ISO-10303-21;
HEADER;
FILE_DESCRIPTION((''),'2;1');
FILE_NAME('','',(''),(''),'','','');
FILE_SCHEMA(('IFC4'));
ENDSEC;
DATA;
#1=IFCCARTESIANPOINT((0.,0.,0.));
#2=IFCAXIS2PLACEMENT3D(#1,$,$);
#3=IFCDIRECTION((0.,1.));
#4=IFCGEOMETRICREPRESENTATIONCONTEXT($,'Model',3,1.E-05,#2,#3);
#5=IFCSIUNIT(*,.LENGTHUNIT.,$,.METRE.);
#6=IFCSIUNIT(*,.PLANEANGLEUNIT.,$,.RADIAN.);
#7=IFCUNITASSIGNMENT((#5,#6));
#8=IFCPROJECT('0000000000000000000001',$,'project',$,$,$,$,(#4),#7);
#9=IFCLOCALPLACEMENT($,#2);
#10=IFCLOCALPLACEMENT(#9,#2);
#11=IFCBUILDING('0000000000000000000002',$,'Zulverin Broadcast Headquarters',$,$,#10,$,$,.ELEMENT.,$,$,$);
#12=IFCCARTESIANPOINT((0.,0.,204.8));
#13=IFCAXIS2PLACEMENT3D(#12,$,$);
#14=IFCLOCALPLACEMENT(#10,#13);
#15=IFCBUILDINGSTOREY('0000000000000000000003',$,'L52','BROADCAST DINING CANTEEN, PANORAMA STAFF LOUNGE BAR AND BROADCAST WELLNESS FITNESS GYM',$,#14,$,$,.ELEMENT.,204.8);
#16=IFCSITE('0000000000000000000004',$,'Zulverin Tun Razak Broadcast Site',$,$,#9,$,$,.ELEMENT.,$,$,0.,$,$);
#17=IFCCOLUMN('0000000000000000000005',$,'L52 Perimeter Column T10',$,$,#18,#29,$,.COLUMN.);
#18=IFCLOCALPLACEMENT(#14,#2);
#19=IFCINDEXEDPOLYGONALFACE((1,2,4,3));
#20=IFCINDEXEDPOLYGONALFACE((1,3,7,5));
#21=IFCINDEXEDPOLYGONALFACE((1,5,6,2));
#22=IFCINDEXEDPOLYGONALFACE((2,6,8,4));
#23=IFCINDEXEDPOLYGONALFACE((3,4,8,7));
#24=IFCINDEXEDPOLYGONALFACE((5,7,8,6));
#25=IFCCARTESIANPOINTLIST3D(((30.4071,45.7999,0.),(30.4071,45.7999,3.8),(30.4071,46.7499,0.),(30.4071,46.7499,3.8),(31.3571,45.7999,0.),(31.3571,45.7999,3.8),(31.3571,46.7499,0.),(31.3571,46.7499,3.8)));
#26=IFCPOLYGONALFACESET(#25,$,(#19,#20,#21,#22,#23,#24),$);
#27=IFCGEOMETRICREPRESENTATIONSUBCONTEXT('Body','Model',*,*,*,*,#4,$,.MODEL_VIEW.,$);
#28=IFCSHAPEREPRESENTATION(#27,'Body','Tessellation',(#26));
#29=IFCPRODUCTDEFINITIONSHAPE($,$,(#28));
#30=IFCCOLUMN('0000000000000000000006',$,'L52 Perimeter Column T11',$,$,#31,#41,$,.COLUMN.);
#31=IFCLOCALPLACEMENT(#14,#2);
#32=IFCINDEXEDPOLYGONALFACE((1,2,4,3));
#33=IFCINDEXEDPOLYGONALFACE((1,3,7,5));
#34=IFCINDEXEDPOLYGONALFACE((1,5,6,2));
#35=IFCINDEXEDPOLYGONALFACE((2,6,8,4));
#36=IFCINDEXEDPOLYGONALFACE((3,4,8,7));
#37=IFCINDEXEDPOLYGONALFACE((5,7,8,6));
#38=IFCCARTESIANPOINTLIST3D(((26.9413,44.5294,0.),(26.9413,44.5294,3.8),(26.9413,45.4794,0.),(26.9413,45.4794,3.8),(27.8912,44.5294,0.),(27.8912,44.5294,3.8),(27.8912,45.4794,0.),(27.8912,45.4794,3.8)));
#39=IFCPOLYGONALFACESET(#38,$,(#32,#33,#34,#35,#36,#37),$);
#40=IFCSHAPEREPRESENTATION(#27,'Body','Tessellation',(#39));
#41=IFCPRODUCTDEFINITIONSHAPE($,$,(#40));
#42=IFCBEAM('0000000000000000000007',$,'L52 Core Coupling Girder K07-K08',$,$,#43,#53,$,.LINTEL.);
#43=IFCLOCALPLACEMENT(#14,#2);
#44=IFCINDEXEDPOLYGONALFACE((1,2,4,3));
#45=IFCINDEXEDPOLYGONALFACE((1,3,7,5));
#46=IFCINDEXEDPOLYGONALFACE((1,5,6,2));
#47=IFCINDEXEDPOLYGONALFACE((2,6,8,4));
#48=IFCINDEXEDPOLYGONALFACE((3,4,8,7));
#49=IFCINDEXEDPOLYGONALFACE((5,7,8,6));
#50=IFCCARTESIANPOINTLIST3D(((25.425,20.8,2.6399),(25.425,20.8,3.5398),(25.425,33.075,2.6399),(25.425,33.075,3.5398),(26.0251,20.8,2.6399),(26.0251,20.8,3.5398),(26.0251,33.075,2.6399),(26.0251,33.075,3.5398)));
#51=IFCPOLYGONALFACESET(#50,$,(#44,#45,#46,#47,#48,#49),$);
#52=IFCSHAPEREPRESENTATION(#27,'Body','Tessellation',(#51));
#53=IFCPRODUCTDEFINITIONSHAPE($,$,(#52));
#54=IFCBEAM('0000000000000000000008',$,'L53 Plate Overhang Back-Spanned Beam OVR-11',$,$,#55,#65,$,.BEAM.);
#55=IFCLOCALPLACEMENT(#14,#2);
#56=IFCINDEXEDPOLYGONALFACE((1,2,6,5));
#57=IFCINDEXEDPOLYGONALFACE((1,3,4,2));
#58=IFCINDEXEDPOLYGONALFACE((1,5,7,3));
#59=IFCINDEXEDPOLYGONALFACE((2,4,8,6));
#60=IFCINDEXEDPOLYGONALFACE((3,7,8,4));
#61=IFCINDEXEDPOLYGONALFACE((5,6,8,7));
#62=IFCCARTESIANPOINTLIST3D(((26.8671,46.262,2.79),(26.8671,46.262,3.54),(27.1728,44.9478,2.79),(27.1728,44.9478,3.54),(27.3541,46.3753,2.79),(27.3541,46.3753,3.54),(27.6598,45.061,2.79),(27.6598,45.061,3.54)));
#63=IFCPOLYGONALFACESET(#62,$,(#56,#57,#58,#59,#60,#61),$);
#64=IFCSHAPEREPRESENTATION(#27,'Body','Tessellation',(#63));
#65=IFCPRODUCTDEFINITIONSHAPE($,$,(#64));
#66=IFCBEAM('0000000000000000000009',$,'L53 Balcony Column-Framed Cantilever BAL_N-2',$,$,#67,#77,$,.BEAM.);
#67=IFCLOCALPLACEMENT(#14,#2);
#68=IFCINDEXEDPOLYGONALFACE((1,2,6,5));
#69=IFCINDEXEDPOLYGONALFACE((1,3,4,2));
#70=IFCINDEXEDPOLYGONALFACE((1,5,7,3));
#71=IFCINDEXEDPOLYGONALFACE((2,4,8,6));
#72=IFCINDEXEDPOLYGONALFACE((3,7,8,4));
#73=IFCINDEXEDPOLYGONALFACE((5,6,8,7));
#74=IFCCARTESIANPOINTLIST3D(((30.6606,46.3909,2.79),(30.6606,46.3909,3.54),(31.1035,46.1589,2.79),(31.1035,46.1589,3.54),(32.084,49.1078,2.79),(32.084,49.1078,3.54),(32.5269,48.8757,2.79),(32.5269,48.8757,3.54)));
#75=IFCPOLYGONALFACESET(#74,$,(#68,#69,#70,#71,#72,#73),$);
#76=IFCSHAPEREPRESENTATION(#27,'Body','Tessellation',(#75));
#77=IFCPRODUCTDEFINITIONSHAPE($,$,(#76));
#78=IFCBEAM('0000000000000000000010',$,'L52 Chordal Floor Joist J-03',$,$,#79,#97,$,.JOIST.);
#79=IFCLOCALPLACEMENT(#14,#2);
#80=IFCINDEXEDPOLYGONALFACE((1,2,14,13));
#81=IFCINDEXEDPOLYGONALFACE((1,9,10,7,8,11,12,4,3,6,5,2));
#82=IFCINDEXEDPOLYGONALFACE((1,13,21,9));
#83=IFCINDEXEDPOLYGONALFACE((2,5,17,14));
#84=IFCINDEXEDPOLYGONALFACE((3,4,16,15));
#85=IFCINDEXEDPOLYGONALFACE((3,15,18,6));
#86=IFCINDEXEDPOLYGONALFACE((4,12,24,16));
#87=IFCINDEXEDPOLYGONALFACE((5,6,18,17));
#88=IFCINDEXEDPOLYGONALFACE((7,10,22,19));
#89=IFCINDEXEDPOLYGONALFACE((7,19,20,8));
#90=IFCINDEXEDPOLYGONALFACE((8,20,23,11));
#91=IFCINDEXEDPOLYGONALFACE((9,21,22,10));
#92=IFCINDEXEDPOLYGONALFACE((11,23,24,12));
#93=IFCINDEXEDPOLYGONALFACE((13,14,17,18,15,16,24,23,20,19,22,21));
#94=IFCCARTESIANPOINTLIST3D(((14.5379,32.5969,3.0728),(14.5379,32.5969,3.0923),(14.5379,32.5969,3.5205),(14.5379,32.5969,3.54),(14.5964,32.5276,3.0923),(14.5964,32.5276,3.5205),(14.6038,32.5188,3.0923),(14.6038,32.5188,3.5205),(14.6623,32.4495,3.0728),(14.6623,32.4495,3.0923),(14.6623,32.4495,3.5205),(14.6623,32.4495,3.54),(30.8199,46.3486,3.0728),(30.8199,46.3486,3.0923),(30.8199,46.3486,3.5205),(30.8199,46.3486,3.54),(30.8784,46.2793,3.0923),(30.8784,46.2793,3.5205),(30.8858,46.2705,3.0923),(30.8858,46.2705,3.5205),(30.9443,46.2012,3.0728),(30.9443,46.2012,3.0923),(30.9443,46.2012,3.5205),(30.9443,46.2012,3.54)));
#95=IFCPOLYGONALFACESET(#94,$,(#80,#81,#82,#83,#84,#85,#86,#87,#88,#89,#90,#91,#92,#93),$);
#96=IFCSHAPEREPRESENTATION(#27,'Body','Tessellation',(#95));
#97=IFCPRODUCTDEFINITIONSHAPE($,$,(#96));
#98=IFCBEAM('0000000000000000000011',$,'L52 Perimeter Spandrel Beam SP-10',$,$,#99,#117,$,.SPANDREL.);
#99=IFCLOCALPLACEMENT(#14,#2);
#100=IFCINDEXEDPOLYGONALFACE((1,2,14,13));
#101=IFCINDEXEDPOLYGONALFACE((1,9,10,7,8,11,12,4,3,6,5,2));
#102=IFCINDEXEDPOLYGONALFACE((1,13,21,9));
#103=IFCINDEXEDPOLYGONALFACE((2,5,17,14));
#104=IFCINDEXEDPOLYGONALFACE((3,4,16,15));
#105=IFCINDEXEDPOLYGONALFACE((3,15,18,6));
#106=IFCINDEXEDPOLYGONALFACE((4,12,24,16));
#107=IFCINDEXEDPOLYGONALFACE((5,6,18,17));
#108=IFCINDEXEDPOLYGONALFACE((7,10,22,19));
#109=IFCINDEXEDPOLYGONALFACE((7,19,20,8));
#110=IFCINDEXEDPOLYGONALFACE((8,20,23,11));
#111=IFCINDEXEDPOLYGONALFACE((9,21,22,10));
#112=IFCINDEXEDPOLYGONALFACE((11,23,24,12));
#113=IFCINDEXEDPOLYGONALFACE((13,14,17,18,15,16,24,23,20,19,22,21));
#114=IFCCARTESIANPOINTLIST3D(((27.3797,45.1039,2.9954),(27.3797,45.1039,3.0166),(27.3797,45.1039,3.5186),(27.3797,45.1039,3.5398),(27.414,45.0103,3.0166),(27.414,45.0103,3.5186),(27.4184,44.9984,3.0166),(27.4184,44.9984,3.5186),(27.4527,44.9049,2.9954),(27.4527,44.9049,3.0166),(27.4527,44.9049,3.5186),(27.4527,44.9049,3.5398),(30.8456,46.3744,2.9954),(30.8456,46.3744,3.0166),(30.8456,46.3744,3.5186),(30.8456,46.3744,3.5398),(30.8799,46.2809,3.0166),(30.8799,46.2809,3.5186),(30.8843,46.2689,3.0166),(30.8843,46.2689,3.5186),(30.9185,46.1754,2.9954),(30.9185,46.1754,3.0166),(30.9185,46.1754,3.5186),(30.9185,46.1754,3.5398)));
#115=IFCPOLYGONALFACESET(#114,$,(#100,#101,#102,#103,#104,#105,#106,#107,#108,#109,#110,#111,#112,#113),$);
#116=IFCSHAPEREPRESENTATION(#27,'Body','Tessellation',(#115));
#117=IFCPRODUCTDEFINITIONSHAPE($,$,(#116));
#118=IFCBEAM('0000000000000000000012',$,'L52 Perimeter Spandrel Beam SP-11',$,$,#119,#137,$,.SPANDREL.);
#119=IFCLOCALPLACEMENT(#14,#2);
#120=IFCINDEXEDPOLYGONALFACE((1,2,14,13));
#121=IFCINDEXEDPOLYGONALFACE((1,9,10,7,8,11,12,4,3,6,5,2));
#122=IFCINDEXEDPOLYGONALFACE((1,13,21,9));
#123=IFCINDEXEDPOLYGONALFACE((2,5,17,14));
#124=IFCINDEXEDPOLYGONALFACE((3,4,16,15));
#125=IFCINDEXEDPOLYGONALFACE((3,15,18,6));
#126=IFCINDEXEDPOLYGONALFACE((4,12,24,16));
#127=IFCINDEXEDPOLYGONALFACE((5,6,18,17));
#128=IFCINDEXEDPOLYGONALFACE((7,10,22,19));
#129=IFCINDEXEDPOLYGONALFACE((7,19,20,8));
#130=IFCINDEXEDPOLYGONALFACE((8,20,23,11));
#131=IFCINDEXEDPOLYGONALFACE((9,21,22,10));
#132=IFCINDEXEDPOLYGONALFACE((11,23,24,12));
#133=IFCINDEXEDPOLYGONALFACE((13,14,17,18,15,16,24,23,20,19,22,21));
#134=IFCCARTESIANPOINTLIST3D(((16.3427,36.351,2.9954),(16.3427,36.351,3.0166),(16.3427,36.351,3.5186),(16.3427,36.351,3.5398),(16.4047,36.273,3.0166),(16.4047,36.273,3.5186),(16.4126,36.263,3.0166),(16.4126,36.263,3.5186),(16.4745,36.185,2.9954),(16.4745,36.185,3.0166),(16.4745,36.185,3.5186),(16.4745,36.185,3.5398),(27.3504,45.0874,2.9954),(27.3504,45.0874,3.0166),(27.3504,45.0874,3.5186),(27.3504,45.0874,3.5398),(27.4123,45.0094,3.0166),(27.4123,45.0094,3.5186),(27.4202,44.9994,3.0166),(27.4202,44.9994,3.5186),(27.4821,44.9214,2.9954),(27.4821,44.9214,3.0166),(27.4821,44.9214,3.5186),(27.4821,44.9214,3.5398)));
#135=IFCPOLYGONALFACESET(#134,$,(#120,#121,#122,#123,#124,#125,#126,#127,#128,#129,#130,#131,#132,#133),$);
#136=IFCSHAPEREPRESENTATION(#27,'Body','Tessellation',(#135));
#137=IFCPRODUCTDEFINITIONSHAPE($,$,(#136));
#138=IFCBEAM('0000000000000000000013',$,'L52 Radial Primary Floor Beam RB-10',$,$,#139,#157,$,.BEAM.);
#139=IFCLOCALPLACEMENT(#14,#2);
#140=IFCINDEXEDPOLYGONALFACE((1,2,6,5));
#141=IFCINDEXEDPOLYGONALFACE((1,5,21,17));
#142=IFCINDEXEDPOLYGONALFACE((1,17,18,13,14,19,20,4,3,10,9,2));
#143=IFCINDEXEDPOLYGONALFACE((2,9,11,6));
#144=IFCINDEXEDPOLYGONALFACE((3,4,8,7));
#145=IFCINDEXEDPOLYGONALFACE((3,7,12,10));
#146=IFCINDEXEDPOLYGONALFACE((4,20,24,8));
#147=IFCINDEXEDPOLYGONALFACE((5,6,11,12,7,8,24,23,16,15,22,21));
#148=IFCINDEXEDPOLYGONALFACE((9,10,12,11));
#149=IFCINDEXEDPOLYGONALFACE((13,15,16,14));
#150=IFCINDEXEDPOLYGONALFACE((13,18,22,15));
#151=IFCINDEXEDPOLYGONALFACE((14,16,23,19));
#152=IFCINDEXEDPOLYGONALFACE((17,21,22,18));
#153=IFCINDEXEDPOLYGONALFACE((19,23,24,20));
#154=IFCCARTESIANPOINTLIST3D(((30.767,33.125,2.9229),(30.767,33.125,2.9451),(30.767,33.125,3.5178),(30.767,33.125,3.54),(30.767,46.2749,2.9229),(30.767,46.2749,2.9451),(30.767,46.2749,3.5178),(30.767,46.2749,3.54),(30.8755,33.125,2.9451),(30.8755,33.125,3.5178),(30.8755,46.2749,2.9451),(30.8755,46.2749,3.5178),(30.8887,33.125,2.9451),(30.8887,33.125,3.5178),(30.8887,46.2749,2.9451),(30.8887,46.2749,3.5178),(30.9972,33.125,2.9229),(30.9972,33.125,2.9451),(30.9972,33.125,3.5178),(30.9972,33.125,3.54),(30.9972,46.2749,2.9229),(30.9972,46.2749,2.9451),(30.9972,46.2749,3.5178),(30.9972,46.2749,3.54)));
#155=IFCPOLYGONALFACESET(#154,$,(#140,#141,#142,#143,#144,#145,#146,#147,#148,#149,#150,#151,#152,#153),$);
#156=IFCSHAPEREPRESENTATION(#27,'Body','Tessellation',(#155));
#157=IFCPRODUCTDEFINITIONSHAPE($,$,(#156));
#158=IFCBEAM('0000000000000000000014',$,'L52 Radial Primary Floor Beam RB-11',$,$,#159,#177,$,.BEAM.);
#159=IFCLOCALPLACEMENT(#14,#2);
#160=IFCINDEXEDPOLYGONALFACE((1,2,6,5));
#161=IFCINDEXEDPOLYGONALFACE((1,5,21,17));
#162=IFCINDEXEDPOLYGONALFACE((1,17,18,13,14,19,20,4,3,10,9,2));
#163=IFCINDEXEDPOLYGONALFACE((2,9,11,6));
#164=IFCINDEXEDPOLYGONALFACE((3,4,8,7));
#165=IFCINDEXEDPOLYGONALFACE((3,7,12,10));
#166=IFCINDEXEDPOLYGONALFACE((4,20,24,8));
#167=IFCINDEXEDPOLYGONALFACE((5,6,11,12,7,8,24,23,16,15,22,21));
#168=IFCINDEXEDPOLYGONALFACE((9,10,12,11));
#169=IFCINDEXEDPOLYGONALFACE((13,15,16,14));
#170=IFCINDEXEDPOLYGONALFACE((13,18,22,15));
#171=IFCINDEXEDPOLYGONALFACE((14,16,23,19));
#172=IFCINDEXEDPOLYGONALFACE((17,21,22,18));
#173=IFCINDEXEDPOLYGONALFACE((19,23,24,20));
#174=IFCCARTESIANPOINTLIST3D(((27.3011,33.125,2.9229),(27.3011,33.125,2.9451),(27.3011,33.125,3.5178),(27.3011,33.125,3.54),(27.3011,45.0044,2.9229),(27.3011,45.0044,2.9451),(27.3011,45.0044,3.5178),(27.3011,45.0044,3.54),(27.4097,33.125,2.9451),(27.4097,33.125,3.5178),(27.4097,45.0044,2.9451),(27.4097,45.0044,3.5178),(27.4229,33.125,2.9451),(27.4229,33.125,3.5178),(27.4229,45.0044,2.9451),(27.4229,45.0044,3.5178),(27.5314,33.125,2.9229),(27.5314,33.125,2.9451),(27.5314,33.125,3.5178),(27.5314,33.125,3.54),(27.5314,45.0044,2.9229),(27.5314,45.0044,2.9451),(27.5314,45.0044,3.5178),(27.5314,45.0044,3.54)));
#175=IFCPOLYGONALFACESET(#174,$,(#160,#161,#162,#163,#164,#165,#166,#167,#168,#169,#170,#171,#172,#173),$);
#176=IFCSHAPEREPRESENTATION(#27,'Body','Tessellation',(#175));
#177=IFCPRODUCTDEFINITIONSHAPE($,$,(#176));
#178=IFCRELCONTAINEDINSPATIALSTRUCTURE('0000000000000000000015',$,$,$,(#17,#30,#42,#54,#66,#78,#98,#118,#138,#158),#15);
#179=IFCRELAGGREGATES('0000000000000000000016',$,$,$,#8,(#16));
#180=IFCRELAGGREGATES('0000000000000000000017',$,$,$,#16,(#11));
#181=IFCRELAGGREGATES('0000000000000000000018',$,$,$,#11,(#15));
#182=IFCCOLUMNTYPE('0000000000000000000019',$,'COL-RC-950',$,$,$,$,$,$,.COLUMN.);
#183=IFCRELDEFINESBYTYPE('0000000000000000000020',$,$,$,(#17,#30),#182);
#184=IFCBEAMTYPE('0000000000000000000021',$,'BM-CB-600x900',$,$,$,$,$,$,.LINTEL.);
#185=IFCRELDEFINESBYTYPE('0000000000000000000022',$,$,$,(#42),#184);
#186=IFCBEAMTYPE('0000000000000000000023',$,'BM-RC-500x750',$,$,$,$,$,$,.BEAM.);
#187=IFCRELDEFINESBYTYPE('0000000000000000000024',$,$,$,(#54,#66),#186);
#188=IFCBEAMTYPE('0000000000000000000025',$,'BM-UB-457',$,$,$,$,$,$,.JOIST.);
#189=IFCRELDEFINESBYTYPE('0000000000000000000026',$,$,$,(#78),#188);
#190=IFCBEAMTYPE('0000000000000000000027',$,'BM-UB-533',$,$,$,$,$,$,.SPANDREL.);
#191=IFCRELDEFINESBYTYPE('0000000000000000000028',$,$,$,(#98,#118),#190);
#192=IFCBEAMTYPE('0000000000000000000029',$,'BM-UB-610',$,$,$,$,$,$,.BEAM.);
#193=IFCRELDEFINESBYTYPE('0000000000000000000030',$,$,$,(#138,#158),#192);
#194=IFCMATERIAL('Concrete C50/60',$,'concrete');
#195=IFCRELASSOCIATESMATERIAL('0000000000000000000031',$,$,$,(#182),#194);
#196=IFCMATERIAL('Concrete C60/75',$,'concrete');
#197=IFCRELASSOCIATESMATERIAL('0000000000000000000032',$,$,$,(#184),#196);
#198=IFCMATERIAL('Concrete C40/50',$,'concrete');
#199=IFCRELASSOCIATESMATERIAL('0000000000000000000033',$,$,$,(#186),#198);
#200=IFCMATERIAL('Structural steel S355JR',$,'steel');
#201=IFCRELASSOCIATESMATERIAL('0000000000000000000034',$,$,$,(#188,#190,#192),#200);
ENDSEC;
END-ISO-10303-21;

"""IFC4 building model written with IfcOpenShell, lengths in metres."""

from ifc_helpers import new_model, si_unit, direction, frame, origin, origin_2d, place, context, subcontext, project, spatial, rectangle, i_section, extrude, material, material_profile, profile_set, type_object, element, save


model = new_model("IFC4")

# Units and contexts
model_context = context("Model", 3, precision=1e-05, world=origin(), true_north=direction((0.0, 1.0)))
body_context = subcontext(model_context, "Body", "Model", "MODEL_VIEW")
ifc_project = project(units=[si_unit("LENGTHUNIT", "METRE"), si_unit("PLANEANGLEUNIT", "RADIAN")], contexts=[model_context])

# Site, building, storey
site_placement = place(None, origin())
site = spatial("IfcSite", under=ifc_project, at=site_placement, Name="Zulverin Tun Razak Broadcast Site", CompositionType="ELEMENT", RefElevation=0.0)
building_placement = place(site_placement, origin())
building = spatial("IfcBuilding", under=site, at=building_placement, Name="Zulverin Broadcast Headquarters", CompositionType="ELEMENT")
storey_placement = place(building_placement, frame((0.0, 0.0, 204.8)))
storey = spatial("IfcBuildingStorey", under=building, at=storey_placement, Name="L52", Description="BROADCAST DINING CANTEEN, PANORAMA STAFF LOUNGE BAR AND BROADCAST WELLNESS FITNESS GYM", CompositionType="ELEMENT", Elevation=204.8)

# Columns
ifc_material_1 = material(Name="Concrete C50/60", Category="concrete")
ifc_material_profile_1 = material_profile(ifc_material_1, rectangle(XDim=0.95, YDim=0.95, at=origin_2d()), Name="Concrete C50/60", Category="concrete")
ifc_profile_set_1 = profile_set([ifc_material_profile_1], Name="Concrete C50/60")
column_type = type_object("IfcColumnType", Name="COL-RC-950", PredefinedType="COLUMN", material=ifc_profile_set_1)
for number, where, z_axis, x_axis, name in (
    (1, (30.8821, 46.2749, 0.0), (0.0, 0.0, 1.0), (1.0, 0.0, 0.0), "L52 Perimeter Column T10"),
    (2, (27.4163, 45.0044, 0.0), (0.0, 0.0, 1.0), (1.0, 0.0, 0.0), "L52 Perimeter Column T11"),
):
    element("IfcColumn", number, at=place(storey_placement, frame(where, z_axis=z_axis, x_axis=x_axis)), inside=storey, type_object=column_type, Name=name, PredefinedType="COLUMN", context=body_context, shape_type="SweptSolid", body=[
        extrude(rectangle(XDim=0.95, YDim=0.95, at=origin_2d()), origin(), (0.0, 0.0, 1.0), 3.8),
    ])

# Beams
ifc_material_2 = material(Name="Concrete C60/75", Category="concrete")
ifc_material_profile_2 = material_profile(ifc_material_2, rectangle(XDim=0.6001, YDim=0.8999, at=origin_2d()), Name="Concrete C60/75", Category="concrete")
ifc_profile_set_2 = profile_set([ifc_material_profile_2], Name="Concrete C60/75")
beam_type_1 = type_object("IfcBeamType", Name="BM-CB-600x900", PredefinedType="LINTEL", material=ifc_profile_set_2)
beam_1_placement = place(storey_placement, frame((25.7251, 33.075, 3.0898), z_axis=(0.0, -1.0, 0.0), x_axis=(1.0, 0.0, 0.0)))
element("IfcBeam", 3, at=beam_1_placement, inside=storey, type_object=beam_type_1, Name="L52 Core Coupling Girder K07-K08", PredefinedType="LINTEL", context=body_context, shape_type="SweptSolid", body=[
    extrude(rectangle(XDim=0.6001, YDim=0.8999, at=origin_2d()), origin(), (0.0, 0.0, 1.0), 12.2749),
])
ifc_material_3 = material(Name="Concrete C40/50", Category="concrete")
ifc_material_profile_3 = material_profile(ifc_material_3, rectangle(XDim=0.5, YDim=0.75, at=origin_2d()), Name="Concrete C40/50", Category="concrete")
ifc_profile_set_3 = profile_set([ifc_material_profile_3], Name="Concrete C40/50")
beam_type_2 = type_object("IfcBeamType", Name="BM-RC-500x750", PredefinedType="BEAM", material=ifc_profile_set_3)
beam_2_placement = place(storey_placement, frame((27.4163, 45.0044, 3.165), z_axis=(-0.226537, 0.974002, 0.0), x_axis=(-0.974002, -0.226537, 0.0)))
element("IfcBeam", 4, at=beam_2_placement, inside=storey, type_object=beam_type_2, Name="L53 Plate Overhang Back-Spanned Beam OVR-11", PredefinedType="BEAM", context=body_context, shape_type="SweptSolid", body=[
    extrude(rectangle(XDim=0.5, YDim=0.75, at=origin_2d()), origin(), (0.0, 0.0, 1.0), 1.3494),
])
beam_3_placement = place(storey_placement, frame((30.8821, 46.2749, 3.165), z_axis=(0.464072, 0.885797, 0.0), x_axis=(-0.885797, 0.464072, 0.0)))
element("IfcBeam", 5, at=beam_3_placement, inside=storey, type_object=beam_type_2, Name="L53 Balcony Column-Framed Cantilever BAL_N-2", PredefinedType="BEAM", context=body_context, shape_type="SweptSolid", body=[
    extrude(rectangle(XDim=0.5, YDim=0.75, at=origin_2d()), origin(), (0.0, 0.0, 1.0), 3.0671),
])
ifc_material_4 = material(Name="Structural steel S355JR", Category="steel")
ifc_material_profile_4 = material_profile(ifc_material_4, i_section(OverallWidth=0.1929, OverallDepth=0.4673, WebThickness=0.0115, FlangeThickness=0.0195, at=origin_2d()), Name="Structural steel S355JR", Category="steel")
ifc_profile_set_4 = profile_set([ifc_material_profile_4], Name="Structural steel S355JR")
beam_type_3 = type_object("IfcBeamType", Name="BM-UB-457", PredefinedType="JOIST", material=ifc_profile_set_4)
beam_4_placement = place(storey_placement, frame((30.8821, 46.2749, 3.3064), z_axis=(-0.763973, -0.645249, 0.0), x_axis=(0.645249, -0.763973, 0.0)))
element("IfcBeam", 6, at=beam_4_placement, inside=storey, type_object=beam_type_3, Name="L52 Chordal Floor Joist J-03", PredefinedType="JOIST", context=body_context, shape_type="SweptSolid", body=[
    extrude(i_section(OverallWidth=0.1929, OverallDepth=0.4673, WebThickness=0.0115, FlangeThickness=0.0195, at=origin_2d()), origin(), (0.0, 0.0, 1.0), 21.3123),
])
ifc_material_profile_5 = material_profile(ifc_material_4, i_section(OverallWidth=0.2119, OverallDepth=0.5444, WebThickness=0.0127, FlangeThickness=0.0212, at=origin_2d()), Name="Structural steel S355JR", Category="steel")
ifc_profile_set_5 = profile_set([ifc_material_profile_5], Name="Structural steel S355JR")
beam_type_4 = type_object("IfcBeamType", Name="BM-UB-533", PredefinedType="SPANDREL", material=ifc_profile_set_5)
beam_5_placement = place(storey_placement, frame((30.8821, 46.2749, 3.2676), z_axis=(-0.938902, -0.344185, 0.0), x_axis=(0.344185, -0.938902, 0.0)))
element("IfcBeam", 7, at=beam_5_placement, inside=storey, type_object=beam_type_4, Name="L52 Perimeter Spandrel Beam SP-10", PredefinedType="SPANDREL", context=body_context, shape_type="SweptSolid", body=[
    extrude(i_section(OverallWidth=0.2119, OverallDepth=0.5444, WebThickness=0.0127, FlangeThickness=0.0212, at=origin_2d()), origin(), (0.0, 0.0, 1.0), 3.6914),
])
beam_6_placement = place(storey_placement, frame((27.4163, 45.0044, 3.2676), z_axis=(-0.783283, -0.621665, 0.0), x_axis=(0.621665, -0.783283, 0.0)))
element("IfcBeam", 8, at=beam_6_placement, inside=storey, type_object=beam_type_4, Name="L52 Perimeter Spandrel Beam SP-11", PredefinedType="SPANDREL", context=body_context, shape_type="SweptSolid", body=[
    extrude(i_section(OverallWidth=0.2119, OverallDepth=0.5444, WebThickness=0.0127, FlangeThickness=0.0212, at=origin_2d()), origin(), (0.0, 0.0, 1.0), 14.0532),
])
ifc_material_profile_6 = material_profile(ifc_material_4, i_section(OverallWidth=0.2302, OverallDepth=0.6172, WebThickness=0.0132, FlangeThickness=0.0222, at=origin_2d()), Name="Structural steel S355JR", Category="steel")
ifc_profile_set_6 = profile_set([ifc_material_profile_6], Name="Structural steel S355JR")
beam_type_5 = type_object("IfcBeamType", Name="BM-UB-610", PredefinedType="BEAM", material=ifc_profile_set_6)
beam_7_placement = place(storey_placement, frame((30.8821, 33.125, 3.2314), z_axis=(0.0, 1.0, 0.0), x_axis=(-1.0, 0.0, 0.0)))
element("IfcBeam", 9, at=beam_7_placement, inside=storey, type_object=beam_type_5, Name="L52 Radial Primary Floor Beam RB-10", PredefinedType="BEAM", context=body_context, shape_type="SweptSolid", body=[
    extrude(i_section(OverallWidth=0.2302, OverallDepth=0.6172, WebThickness=0.0132, FlangeThickness=0.0222, at=origin_2d()), origin(), (0.0, 0.0, 1.0), 13.1499),
])
beam_8_placement = place(storey_placement, frame((27.4163, 33.125, 3.2314), z_axis=(0.0, 1.0, 0.0), x_axis=(-1.0, 0.0, 0.0)))
element("IfcBeam", 10, at=beam_8_placement, inside=storey, type_object=beam_type_5, Name="L52 Radial Primary Floor Beam RB-11", PredefinedType="BEAM", context=body_context, shape_type="SweptSolid", body=[
    extrude(i_section(OverallWidth=0.2302, OverallDepth=0.6172, WebThickness=0.0132, FlangeThickness=0.0222, at=origin_2d()), origin(), (0.0, 0.0, 1.0), 11.8794),
])

save(model, "model.ifc")
